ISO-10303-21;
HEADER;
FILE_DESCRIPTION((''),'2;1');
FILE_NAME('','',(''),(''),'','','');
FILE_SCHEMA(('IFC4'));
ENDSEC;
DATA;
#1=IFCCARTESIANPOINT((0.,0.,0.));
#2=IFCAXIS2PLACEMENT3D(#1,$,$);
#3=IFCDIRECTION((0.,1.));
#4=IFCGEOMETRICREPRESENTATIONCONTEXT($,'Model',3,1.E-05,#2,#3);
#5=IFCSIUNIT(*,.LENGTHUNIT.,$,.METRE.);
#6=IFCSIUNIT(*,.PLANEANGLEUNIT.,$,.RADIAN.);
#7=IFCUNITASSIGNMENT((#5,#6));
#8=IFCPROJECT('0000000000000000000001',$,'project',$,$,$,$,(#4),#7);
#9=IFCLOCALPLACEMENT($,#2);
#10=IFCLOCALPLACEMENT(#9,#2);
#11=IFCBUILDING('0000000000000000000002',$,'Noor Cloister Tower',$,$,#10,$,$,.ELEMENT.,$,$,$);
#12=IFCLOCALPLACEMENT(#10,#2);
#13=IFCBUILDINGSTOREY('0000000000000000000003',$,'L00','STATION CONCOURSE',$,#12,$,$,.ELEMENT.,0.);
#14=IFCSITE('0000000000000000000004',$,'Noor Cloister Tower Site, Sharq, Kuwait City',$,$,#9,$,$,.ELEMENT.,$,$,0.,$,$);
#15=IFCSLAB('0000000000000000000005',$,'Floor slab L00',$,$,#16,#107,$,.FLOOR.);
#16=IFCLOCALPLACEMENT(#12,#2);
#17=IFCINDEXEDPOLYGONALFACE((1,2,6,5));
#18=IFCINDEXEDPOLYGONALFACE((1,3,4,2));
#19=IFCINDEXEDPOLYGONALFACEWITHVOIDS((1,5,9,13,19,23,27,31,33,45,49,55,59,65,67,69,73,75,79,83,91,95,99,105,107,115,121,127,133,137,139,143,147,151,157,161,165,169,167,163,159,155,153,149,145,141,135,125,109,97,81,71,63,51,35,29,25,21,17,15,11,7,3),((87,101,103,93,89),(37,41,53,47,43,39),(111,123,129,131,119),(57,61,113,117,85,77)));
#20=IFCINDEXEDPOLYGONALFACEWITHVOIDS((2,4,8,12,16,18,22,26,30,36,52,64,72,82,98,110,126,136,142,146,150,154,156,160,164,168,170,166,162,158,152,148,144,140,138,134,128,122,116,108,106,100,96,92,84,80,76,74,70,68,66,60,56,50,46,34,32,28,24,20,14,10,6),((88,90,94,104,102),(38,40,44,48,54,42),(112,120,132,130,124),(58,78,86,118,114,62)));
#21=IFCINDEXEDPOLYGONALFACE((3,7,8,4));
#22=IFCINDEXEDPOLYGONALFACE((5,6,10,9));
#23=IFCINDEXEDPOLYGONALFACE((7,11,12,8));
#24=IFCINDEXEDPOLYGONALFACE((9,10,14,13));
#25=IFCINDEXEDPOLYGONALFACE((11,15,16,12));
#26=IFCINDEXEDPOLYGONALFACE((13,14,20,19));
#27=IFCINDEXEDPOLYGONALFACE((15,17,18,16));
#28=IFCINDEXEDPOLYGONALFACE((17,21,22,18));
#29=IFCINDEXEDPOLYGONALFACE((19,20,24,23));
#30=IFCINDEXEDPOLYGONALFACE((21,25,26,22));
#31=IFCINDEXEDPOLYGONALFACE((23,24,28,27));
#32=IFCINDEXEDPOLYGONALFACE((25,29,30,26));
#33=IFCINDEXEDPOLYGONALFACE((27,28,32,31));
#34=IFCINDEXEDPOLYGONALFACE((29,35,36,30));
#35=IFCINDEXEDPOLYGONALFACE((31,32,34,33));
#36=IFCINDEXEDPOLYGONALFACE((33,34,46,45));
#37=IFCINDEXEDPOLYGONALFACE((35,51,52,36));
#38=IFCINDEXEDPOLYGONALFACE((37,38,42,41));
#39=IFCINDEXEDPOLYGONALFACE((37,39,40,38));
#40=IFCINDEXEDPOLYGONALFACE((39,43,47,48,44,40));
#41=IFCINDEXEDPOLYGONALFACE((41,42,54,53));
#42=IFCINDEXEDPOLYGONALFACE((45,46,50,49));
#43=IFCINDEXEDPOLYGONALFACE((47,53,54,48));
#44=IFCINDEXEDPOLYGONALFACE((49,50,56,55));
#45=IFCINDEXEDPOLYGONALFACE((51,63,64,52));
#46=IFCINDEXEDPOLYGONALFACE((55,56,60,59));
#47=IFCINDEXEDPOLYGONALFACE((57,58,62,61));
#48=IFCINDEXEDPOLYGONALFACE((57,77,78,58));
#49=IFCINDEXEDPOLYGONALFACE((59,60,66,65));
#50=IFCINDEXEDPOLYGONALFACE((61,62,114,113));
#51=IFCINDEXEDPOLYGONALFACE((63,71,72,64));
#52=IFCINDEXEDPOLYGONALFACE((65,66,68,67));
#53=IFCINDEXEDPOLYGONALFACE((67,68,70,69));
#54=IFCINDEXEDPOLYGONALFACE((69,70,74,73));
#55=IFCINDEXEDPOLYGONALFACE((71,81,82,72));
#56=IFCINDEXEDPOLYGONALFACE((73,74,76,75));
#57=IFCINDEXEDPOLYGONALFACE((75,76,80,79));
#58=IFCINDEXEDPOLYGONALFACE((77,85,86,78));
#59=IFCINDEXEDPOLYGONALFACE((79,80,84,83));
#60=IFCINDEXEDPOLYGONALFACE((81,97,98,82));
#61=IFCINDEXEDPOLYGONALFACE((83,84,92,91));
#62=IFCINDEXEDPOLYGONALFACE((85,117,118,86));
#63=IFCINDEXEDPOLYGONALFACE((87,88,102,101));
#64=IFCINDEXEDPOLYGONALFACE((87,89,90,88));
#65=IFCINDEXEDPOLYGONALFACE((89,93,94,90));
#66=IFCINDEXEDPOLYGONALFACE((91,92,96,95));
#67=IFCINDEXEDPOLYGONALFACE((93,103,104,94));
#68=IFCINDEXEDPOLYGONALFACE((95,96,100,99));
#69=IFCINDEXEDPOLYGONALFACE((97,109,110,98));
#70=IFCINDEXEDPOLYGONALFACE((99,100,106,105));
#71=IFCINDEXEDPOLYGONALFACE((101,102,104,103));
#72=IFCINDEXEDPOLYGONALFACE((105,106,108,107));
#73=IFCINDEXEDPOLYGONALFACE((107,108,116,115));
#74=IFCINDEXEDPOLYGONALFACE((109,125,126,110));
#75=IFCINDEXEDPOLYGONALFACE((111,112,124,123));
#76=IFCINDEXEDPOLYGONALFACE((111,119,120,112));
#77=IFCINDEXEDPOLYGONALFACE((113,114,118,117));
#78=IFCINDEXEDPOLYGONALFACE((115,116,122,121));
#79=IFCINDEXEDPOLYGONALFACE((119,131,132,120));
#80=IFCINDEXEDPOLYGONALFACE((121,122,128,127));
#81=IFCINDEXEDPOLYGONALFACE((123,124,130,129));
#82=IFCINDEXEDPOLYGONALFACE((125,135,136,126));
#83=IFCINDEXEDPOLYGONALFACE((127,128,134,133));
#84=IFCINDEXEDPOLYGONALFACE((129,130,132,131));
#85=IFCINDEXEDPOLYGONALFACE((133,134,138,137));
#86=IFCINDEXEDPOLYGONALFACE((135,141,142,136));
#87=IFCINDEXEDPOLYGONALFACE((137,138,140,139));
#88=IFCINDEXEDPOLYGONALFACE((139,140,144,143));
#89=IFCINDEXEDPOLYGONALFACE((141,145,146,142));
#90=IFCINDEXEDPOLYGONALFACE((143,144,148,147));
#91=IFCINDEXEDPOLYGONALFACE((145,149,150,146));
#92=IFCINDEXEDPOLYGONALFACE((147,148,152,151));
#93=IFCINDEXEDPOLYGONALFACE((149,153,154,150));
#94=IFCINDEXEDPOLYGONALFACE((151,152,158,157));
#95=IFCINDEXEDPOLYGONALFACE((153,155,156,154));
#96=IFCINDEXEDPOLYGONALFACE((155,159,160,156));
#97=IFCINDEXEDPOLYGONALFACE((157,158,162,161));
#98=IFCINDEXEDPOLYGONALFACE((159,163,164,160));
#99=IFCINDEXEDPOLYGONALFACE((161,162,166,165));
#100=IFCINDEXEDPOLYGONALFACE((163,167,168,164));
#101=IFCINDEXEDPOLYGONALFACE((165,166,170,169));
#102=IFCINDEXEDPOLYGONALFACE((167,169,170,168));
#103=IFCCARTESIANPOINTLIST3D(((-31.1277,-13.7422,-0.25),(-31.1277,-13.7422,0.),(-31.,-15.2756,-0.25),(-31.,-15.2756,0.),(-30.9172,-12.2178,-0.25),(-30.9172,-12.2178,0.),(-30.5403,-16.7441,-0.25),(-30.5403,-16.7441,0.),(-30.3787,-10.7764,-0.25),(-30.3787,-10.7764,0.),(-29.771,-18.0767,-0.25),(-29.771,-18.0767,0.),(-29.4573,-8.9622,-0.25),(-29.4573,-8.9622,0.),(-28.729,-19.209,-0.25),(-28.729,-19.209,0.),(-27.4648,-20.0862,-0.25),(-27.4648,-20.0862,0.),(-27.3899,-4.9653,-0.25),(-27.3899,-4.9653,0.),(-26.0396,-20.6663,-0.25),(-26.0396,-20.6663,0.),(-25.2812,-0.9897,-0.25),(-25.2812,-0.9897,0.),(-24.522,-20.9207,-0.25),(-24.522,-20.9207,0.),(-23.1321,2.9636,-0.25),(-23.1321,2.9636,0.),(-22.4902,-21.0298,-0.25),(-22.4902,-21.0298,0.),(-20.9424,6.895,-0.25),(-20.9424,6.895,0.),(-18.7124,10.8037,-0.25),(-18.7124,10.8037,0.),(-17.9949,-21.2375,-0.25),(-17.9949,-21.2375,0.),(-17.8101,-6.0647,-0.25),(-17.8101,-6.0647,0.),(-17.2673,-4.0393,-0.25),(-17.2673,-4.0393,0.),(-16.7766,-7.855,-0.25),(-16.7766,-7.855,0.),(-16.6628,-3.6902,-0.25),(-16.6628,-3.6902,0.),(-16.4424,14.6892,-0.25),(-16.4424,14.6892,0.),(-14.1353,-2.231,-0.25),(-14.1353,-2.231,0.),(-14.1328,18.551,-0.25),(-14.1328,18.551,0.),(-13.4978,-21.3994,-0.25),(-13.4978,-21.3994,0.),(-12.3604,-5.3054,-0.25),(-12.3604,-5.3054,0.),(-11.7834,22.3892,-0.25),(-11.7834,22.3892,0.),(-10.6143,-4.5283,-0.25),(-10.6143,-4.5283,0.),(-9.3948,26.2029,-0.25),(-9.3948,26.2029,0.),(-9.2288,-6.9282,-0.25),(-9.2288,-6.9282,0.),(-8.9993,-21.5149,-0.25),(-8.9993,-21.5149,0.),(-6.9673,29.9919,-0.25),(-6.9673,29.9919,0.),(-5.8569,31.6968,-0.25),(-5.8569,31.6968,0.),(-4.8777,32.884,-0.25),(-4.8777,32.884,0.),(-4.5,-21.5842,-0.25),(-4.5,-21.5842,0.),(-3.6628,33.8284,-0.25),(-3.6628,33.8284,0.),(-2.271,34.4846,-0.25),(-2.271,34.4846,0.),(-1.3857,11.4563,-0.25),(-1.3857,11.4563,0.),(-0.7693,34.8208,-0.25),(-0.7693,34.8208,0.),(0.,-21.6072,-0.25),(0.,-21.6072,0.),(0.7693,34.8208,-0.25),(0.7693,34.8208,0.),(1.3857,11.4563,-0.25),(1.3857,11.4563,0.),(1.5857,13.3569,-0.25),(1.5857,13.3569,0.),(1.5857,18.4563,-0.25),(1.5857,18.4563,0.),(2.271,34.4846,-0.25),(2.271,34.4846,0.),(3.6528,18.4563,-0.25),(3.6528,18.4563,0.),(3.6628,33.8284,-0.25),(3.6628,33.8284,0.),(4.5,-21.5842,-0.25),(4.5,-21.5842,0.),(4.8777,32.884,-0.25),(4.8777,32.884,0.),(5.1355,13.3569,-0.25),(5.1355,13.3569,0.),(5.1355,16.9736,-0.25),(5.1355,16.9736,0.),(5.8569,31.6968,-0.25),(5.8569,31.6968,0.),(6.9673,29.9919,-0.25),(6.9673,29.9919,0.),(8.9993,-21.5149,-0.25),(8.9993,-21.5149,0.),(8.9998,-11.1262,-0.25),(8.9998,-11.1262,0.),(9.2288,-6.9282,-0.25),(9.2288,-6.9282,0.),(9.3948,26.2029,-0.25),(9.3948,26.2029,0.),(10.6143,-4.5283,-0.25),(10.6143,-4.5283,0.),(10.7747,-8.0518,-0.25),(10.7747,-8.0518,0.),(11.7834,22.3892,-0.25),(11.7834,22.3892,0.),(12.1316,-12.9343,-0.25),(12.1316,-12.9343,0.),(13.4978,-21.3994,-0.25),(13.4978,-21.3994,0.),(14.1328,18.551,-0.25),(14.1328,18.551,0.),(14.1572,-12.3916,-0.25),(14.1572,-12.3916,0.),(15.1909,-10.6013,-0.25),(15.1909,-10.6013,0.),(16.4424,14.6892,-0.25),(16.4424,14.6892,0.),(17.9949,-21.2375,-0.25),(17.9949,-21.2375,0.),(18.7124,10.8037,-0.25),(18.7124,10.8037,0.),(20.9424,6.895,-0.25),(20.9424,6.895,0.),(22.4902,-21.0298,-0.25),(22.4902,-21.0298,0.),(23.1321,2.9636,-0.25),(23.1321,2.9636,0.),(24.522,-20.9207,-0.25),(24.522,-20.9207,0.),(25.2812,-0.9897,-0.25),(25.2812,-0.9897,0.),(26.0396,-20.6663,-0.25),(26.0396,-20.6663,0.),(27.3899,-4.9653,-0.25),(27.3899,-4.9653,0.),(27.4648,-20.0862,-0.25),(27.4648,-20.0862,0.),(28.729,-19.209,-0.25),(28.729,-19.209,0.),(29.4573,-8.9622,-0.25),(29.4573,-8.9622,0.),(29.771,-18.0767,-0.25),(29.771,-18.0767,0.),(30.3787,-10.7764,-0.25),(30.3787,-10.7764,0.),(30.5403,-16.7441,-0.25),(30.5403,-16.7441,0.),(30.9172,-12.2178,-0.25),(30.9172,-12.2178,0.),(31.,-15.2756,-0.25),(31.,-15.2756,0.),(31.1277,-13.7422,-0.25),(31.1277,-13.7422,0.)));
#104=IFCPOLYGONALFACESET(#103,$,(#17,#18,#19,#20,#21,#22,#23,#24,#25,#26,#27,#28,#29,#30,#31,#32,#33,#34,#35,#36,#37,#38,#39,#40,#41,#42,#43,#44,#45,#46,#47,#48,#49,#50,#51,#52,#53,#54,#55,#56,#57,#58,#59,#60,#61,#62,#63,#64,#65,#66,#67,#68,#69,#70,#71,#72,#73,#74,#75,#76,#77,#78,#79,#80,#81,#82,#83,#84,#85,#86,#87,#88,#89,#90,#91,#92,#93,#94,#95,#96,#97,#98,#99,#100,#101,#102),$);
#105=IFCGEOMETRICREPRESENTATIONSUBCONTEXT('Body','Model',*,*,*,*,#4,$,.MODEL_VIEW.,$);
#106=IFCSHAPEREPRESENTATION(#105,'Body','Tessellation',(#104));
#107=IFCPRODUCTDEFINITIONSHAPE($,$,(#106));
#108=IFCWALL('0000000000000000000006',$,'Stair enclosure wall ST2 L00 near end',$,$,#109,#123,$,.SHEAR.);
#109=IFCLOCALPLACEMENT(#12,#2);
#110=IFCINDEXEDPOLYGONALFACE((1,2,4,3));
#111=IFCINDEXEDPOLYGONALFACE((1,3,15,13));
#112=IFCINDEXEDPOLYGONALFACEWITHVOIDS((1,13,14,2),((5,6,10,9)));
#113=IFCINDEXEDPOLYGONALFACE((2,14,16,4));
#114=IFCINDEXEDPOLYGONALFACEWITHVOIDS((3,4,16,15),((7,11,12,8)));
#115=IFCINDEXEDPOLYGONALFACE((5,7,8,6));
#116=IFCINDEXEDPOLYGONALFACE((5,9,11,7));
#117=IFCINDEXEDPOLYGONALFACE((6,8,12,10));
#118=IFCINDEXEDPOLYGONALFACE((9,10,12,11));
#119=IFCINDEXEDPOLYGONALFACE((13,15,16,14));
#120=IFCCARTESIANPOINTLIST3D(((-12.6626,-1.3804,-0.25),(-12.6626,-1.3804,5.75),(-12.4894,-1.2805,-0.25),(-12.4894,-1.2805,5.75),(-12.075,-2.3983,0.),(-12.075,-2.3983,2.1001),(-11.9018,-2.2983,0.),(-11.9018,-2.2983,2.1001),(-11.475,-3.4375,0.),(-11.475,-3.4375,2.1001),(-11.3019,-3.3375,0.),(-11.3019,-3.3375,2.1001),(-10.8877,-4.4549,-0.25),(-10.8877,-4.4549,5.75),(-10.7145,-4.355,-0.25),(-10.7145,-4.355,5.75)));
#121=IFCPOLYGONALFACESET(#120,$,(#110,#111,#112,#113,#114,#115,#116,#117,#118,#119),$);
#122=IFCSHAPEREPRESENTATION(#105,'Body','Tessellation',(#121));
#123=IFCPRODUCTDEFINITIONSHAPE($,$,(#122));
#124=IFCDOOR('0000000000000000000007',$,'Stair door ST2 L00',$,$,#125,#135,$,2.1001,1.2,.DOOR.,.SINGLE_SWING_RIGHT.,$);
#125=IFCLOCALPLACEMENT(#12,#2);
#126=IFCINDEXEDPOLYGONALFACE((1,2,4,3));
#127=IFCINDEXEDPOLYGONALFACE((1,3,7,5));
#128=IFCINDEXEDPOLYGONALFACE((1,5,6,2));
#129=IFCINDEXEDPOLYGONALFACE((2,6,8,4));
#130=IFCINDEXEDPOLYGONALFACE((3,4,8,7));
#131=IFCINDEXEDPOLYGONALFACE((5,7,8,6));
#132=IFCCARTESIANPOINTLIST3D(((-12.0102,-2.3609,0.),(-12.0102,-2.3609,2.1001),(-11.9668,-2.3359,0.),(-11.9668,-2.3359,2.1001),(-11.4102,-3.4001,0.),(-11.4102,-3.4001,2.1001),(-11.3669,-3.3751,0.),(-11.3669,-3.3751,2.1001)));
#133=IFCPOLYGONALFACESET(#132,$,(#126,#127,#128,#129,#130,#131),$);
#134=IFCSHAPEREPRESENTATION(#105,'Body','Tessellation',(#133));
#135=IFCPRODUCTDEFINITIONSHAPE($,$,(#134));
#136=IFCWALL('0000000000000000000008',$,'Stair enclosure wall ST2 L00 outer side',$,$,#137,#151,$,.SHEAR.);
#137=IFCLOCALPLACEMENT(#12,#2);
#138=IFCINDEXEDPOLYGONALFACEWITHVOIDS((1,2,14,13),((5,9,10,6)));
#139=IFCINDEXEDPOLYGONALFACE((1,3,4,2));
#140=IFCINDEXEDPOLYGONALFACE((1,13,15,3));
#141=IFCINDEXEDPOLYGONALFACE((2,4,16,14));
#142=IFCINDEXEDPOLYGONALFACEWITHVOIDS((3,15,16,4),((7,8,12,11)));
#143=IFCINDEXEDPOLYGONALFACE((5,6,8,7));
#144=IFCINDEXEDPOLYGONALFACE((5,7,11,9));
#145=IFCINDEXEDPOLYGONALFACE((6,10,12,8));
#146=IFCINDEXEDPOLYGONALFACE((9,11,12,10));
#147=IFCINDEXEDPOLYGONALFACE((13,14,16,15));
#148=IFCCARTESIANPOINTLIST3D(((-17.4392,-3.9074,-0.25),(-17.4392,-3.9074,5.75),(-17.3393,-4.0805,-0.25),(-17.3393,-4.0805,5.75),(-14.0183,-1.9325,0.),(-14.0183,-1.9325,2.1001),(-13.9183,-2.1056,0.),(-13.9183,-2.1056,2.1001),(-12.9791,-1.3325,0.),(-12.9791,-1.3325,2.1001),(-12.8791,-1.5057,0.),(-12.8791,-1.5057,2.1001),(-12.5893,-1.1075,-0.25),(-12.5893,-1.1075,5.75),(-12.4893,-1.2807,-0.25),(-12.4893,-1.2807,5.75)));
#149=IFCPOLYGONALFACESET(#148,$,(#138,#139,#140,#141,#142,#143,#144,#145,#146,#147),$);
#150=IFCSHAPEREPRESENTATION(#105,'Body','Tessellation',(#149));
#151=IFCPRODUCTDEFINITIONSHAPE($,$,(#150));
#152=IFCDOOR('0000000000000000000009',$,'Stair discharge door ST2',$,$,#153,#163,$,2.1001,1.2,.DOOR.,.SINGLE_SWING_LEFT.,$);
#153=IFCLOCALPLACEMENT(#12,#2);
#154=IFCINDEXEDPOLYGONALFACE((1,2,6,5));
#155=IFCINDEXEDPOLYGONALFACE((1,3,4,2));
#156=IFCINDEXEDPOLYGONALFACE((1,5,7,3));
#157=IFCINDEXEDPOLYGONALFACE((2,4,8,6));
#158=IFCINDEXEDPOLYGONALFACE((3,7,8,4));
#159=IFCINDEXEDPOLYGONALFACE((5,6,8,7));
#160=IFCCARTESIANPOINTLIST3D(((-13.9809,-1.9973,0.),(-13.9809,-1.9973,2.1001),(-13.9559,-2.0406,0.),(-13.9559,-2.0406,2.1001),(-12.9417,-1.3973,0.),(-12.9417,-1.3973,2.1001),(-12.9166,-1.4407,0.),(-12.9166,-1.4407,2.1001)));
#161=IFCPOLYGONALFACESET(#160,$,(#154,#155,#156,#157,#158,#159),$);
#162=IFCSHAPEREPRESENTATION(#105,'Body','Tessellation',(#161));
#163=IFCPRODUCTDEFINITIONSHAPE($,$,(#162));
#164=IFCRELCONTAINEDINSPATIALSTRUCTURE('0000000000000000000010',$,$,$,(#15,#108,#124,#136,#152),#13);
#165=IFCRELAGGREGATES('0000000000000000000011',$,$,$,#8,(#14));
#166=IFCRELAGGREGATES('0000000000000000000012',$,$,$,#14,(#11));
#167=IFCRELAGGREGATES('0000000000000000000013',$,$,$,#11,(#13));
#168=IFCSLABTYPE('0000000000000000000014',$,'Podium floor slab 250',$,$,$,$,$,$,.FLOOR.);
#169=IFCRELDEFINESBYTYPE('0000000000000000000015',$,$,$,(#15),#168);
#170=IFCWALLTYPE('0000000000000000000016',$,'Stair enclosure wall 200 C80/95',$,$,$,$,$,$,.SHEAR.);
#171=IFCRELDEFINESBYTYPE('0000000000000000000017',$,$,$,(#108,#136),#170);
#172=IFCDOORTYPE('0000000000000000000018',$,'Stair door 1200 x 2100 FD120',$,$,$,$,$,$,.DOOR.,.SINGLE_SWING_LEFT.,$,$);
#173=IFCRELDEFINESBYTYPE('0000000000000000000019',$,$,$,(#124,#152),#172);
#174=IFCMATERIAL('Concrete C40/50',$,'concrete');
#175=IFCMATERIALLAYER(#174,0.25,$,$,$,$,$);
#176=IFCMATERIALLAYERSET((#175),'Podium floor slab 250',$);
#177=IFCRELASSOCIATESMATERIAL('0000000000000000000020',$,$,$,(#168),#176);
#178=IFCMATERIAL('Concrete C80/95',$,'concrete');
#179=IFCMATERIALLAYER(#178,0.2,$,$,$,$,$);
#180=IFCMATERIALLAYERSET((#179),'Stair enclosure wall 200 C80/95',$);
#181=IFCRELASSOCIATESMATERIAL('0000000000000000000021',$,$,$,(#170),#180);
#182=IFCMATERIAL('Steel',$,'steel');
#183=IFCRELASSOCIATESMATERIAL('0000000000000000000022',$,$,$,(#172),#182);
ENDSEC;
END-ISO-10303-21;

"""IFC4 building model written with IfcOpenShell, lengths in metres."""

from ifc_helpers import new_model, si_unit, direction, frame, frame_2d, origin, place, context, subcontext, project, spatial, polyline, rectangle, outline, extrude, material, layer, layer_set, type_object, element, fill, save


model = new_model("IFC4")

# Units and contexts
model_context = context("Model", 3, precision=1e-05, world=origin(), true_north=direction((0.0, 1.0)))
body_context = subcontext(model_context, "Body", "Model", "MODEL_VIEW")
ifc_project = project(units=[si_unit("LENGTHUNIT", "METRE"), si_unit("PLANEANGLEUNIT", "RADIAN")], contexts=[model_context])

# Site, building, storey
site_placement = place(None, origin())
site = spatial("IfcSite", under=ifc_project, at=site_placement, Name="Noor Cloister Tower Site, Sharq, Kuwait City", CompositionType="ELEMENT", RefElevation=0.0)
building_placement = place(site_placement, origin())
building = spatial("IfcBuilding", under=site, at=building_placement, Name="Noor Cloister Tower", CompositionType="ELEMENT")
storey_placement = place(building_placement, origin())
storey = spatial("IfcBuildingStorey", under=building, at=storey_placement, Name="L00", Description="STATION CONCOURSE", CompositionType="ELEMENT", Elevation=0.0)

# Slab
ifc_material_1 = material(Name="Concrete C40/50", Category="concrete")
ifc_layer_1 = layer(ifc_material_1, 0.25)
ifc_layer_set_1 = layer_set([ifc_layer_1], Name="Podium floor slab 250")
slab_type_1 = type_object("IfcSlabType", Name="Podium floor slab 250", PredefinedType="FLOOR", material=ifc_layer_set_1)
slab_1_placement = place(storey_placement, frame((0.0, 0.0, -0.25)))
element("IfcSlab", 1, at=slab_1_placement, inside=storey, type_object=slab_type_1, Name="Floor slab L00", PredefinedType="FLOOR", context=body_context, shape_type="SweptSolid", body=[
    extrude(outline(polyline([(5.8569, 31.6968), (4.8777, 32.884), (3.6628, 33.8284), (2.271, 34.4846), (0.7693, 34.8208), (-0.7693, 34.8208), (-2.271, 34.4846), (-3.6628, 33.8284), (-4.8777, 32.884), (-5.8569, 31.6968), (-6.9673, 29.9919), (-9.3948, 26.2029), (-11.7834, 22.3892), (-14.1328, 18.551), (-16.4424, 14.6892), (-18.7124, 10.8037), (-20.9424, 6.895), (-23.1321, 2.9636), (-25.2812, -0.9897), (-27.3899, -4.9653), (-29.4573, -8.9622), (-30.3787, -10.7764), (-30.9172, -12.2178), (-31.1277, -13.7422), (-31.0, -15.2756), (-30.5403, -16.7441), (-29.771, -18.0767), (-28.729, -19.209), (-27.4648, -20.0862), (-26.0396, -20.6663), (-24.522, -20.9207), (-22.4902, -21.0298), (-17.9949, -21.2375), (-13.4978, -21.3994), (-8.9993, -21.5149), (-4.5, -21.5842), (0.0, -21.6072), (4.5, -21.5842), (8.9993, -21.5149), (13.4978, -21.3994), (17.9949, -21.2375), (22.4902, -21.0298), (24.522, -20.9207), (26.0396, -20.6663), (27.4648, -20.0862), (28.729, -19.209), (29.771, -18.0767), (30.5403, -16.7441), (31.0, -15.2756), (31.1277, -13.7422), (30.9172, -12.2178), (30.3787, -10.7764), (29.4573, -8.9622), (27.3899, -4.9653), (25.2812, -0.9897), (23.1321, 2.9636), (20.9424, 6.895), (18.7124, 10.8037), (16.4424, 14.6892), (14.1328, 18.551), (11.7834, 22.3892), (9.3948, 26.2029), (6.9673, 29.9919), (5.8569, 31.6968)]), holes=[polyline([(-9.2288, -6.9282), (9.2288, -6.9282), (10.6143, -4.5283), (1.3857, 11.4563), (-1.3857, 11.4563), (-10.6143, -4.5283), (-9.2288, -6.9282)]), polyline([(1.5857, 18.4563), (1.5857, 13.3569), (5.1355, 13.3569), (5.1355, 16.9736), (3.6528, 18.4563), (1.5857, 18.4563)]), polyline([(-16.7766, -7.855), (-12.3604, -5.3054), (-14.1353, -2.231), (-16.6628, -3.6902), (-17.2673, -4.0393), (-17.8101, -6.0647), (-16.7766, -7.855)]), polyline([(12.1316, -12.9343), (14.1572, -12.3916), (15.1909, -10.6013), (10.7747, -8.0518), (8.9998, -11.1262), (12.1316, -12.9343)])]), origin(), (0.0, 0.0, 1.0), 0.25),
])

# Walls, openings, doors
ifc_material_2 = material(Name="Concrete C80/95", Category="concrete")
ifc_layer_2 = layer(ifc_material_2, 0.2)
ifc_layer_set_2 = layer_set([ifc_layer_2], Name="Stair enclosure wall 200 C80/95")
wall_type = type_object("IfcWallType", Name="Stair enclosure wall 200 C80/95", PredefinedType="SHEAR", material=ifc_layer_set_2)
wall_1_placement = place(storey_placement, frame((-12.5759, -1.3306, -0.25), z_axis=(0.0, 0.0, 1.0), x_axis=(0.49997, -0.866042, 0.0)))
wall_1 = element("IfcWall", 2, at=wall_1_placement, inside=storey, type_object=wall_type, Name="Stair enclosure wall ST2 L00 near end", PredefinedType="SHEAR", context=body_context, shape_type="SweptSolid", body=[
    extrude(rectangle(XDim=3.55, YDim=0.2, at=frame_2d((1.7749, 0.0))), origin(), (0.0, 0.0, 1.0), 6.0),
])
opening_1_placement = place(wall_1_placement, frame((1.175, 0.0, 0.25)))
opening_1 = element("IfcOpeningElement", 3, at=opening_1_placement, cuts=wall_1, PredefinedType="OPENING", context=body_context, shape_type="SweptSolid", body=[
    extrude(rectangle(XDim=1.2, YDim=2.1001, at=frame_2d((0.6001, 1.05))), frame((0.0, 0.1099, 0.0), z_axis=(0.0, -1.0, 0.0), x_axis=(1.0, 0.0, 0.0)), (0.0, 0.0, 1.0), 0.22),
])
ifc_material_3 = material(Name="Steel", Category="steel")
door_type = type_object("IfcDoorType", Name="Stair door 1200 x 2100 FD120", OperationType="SINGLE_SWING_LEFT", PredefinedType="DOOR", material=ifc_material_3)
door_1_placement = place(opening_1_placement, origin())
door_1 = element("IfcDoor", 4, at=door_1_placement, inside=storey, type_object=door_type, Name="Stair door ST2 L00", OperationType="SINGLE_SWING_RIGHT", OverallHeight=2.1001, OverallWidth=1.2, PredefinedType="DOOR", context=body_context, shape_type="SweptSolid", body=[
    extrude(rectangle(XDim=1.2, YDim=2.1001, at=frame_2d((0.6001, 1.05))), frame((0.0, 0.0249, 0.0), z_axis=(0.0, -1.0, 0.0), x_axis=(1.0, 0.0, 0.0)), (0.0, 0.0, 1.0), 0.05),
])
fill(opening_1, door_1)
wall_2_placement = place(storey_placement, frame((-12.5393, -1.1941, -0.25), z_axis=(0.0, 0.0, 1.0), x_axis=(-0.866045, -0.499965, 0.0)))
wall_2 = element("IfcWall", 5, at=wall_2_placement, inside=storey, type_object=wall_type, Name="Stair enclosure wall ST2 L00 outer side", PredefinedType="SHEAR", context=body_context, shape_type="SweptSolid", body=[
    extrude(rectangle(XDim=5.6001, YDim=0.2, at=frame_2d((2.8, 0.0))), origin(), (0.0, 0.0, 1.0), 6.0),
])
opening_2_placement = place(wall_2_placement, frame((0.45, 0.0, 0.25)))
opening_2 = element("IfcOpeningElement", 6, at=opening_2_placement, cuts=wall_2, PredefinedType="OPENING", context=body_context, shape_type="SweptSolid", body=[
    extrude(rectangle(XDim=1.2, YDim=2.1001, at=frame_2d((0.6001, 1.05))), frame((0.0, 0.1099, 0.0), z_axis=(0.0, -1.0, 0.0), x_axis=(1.0, 0.0, 0.0)), (0.0, 0.0, 1.0), 0.22),
])
door_2_placement = place(opening_2_placement, origin())
door_2 = element("IfcDoor", 7, at=door_2_placement, inside=storey, type_object=door_type, Name="Stair discharge door ST2", OperationType="SINGLE_SWING_LEFT", OverallHeight=2.1001, OverallWidth=1.2, PredefinedType="DOOR", context=body_context, shape_type="SweptSolid", body=[
    extrude(rectangle(XDim=1.2, YDim=2.1001, at=frame_2d((0.6001, 1.05))), frame((0.0, 0.0249, 0.0), z_axis=(0.0, -1.0, 0.0), x_axis=(1.0, 0.0, 0.0)), (0.0, 0.0, 1.0), 0.05),
])
fill(opening_2, door_2)

save(model, "model.ifc")
